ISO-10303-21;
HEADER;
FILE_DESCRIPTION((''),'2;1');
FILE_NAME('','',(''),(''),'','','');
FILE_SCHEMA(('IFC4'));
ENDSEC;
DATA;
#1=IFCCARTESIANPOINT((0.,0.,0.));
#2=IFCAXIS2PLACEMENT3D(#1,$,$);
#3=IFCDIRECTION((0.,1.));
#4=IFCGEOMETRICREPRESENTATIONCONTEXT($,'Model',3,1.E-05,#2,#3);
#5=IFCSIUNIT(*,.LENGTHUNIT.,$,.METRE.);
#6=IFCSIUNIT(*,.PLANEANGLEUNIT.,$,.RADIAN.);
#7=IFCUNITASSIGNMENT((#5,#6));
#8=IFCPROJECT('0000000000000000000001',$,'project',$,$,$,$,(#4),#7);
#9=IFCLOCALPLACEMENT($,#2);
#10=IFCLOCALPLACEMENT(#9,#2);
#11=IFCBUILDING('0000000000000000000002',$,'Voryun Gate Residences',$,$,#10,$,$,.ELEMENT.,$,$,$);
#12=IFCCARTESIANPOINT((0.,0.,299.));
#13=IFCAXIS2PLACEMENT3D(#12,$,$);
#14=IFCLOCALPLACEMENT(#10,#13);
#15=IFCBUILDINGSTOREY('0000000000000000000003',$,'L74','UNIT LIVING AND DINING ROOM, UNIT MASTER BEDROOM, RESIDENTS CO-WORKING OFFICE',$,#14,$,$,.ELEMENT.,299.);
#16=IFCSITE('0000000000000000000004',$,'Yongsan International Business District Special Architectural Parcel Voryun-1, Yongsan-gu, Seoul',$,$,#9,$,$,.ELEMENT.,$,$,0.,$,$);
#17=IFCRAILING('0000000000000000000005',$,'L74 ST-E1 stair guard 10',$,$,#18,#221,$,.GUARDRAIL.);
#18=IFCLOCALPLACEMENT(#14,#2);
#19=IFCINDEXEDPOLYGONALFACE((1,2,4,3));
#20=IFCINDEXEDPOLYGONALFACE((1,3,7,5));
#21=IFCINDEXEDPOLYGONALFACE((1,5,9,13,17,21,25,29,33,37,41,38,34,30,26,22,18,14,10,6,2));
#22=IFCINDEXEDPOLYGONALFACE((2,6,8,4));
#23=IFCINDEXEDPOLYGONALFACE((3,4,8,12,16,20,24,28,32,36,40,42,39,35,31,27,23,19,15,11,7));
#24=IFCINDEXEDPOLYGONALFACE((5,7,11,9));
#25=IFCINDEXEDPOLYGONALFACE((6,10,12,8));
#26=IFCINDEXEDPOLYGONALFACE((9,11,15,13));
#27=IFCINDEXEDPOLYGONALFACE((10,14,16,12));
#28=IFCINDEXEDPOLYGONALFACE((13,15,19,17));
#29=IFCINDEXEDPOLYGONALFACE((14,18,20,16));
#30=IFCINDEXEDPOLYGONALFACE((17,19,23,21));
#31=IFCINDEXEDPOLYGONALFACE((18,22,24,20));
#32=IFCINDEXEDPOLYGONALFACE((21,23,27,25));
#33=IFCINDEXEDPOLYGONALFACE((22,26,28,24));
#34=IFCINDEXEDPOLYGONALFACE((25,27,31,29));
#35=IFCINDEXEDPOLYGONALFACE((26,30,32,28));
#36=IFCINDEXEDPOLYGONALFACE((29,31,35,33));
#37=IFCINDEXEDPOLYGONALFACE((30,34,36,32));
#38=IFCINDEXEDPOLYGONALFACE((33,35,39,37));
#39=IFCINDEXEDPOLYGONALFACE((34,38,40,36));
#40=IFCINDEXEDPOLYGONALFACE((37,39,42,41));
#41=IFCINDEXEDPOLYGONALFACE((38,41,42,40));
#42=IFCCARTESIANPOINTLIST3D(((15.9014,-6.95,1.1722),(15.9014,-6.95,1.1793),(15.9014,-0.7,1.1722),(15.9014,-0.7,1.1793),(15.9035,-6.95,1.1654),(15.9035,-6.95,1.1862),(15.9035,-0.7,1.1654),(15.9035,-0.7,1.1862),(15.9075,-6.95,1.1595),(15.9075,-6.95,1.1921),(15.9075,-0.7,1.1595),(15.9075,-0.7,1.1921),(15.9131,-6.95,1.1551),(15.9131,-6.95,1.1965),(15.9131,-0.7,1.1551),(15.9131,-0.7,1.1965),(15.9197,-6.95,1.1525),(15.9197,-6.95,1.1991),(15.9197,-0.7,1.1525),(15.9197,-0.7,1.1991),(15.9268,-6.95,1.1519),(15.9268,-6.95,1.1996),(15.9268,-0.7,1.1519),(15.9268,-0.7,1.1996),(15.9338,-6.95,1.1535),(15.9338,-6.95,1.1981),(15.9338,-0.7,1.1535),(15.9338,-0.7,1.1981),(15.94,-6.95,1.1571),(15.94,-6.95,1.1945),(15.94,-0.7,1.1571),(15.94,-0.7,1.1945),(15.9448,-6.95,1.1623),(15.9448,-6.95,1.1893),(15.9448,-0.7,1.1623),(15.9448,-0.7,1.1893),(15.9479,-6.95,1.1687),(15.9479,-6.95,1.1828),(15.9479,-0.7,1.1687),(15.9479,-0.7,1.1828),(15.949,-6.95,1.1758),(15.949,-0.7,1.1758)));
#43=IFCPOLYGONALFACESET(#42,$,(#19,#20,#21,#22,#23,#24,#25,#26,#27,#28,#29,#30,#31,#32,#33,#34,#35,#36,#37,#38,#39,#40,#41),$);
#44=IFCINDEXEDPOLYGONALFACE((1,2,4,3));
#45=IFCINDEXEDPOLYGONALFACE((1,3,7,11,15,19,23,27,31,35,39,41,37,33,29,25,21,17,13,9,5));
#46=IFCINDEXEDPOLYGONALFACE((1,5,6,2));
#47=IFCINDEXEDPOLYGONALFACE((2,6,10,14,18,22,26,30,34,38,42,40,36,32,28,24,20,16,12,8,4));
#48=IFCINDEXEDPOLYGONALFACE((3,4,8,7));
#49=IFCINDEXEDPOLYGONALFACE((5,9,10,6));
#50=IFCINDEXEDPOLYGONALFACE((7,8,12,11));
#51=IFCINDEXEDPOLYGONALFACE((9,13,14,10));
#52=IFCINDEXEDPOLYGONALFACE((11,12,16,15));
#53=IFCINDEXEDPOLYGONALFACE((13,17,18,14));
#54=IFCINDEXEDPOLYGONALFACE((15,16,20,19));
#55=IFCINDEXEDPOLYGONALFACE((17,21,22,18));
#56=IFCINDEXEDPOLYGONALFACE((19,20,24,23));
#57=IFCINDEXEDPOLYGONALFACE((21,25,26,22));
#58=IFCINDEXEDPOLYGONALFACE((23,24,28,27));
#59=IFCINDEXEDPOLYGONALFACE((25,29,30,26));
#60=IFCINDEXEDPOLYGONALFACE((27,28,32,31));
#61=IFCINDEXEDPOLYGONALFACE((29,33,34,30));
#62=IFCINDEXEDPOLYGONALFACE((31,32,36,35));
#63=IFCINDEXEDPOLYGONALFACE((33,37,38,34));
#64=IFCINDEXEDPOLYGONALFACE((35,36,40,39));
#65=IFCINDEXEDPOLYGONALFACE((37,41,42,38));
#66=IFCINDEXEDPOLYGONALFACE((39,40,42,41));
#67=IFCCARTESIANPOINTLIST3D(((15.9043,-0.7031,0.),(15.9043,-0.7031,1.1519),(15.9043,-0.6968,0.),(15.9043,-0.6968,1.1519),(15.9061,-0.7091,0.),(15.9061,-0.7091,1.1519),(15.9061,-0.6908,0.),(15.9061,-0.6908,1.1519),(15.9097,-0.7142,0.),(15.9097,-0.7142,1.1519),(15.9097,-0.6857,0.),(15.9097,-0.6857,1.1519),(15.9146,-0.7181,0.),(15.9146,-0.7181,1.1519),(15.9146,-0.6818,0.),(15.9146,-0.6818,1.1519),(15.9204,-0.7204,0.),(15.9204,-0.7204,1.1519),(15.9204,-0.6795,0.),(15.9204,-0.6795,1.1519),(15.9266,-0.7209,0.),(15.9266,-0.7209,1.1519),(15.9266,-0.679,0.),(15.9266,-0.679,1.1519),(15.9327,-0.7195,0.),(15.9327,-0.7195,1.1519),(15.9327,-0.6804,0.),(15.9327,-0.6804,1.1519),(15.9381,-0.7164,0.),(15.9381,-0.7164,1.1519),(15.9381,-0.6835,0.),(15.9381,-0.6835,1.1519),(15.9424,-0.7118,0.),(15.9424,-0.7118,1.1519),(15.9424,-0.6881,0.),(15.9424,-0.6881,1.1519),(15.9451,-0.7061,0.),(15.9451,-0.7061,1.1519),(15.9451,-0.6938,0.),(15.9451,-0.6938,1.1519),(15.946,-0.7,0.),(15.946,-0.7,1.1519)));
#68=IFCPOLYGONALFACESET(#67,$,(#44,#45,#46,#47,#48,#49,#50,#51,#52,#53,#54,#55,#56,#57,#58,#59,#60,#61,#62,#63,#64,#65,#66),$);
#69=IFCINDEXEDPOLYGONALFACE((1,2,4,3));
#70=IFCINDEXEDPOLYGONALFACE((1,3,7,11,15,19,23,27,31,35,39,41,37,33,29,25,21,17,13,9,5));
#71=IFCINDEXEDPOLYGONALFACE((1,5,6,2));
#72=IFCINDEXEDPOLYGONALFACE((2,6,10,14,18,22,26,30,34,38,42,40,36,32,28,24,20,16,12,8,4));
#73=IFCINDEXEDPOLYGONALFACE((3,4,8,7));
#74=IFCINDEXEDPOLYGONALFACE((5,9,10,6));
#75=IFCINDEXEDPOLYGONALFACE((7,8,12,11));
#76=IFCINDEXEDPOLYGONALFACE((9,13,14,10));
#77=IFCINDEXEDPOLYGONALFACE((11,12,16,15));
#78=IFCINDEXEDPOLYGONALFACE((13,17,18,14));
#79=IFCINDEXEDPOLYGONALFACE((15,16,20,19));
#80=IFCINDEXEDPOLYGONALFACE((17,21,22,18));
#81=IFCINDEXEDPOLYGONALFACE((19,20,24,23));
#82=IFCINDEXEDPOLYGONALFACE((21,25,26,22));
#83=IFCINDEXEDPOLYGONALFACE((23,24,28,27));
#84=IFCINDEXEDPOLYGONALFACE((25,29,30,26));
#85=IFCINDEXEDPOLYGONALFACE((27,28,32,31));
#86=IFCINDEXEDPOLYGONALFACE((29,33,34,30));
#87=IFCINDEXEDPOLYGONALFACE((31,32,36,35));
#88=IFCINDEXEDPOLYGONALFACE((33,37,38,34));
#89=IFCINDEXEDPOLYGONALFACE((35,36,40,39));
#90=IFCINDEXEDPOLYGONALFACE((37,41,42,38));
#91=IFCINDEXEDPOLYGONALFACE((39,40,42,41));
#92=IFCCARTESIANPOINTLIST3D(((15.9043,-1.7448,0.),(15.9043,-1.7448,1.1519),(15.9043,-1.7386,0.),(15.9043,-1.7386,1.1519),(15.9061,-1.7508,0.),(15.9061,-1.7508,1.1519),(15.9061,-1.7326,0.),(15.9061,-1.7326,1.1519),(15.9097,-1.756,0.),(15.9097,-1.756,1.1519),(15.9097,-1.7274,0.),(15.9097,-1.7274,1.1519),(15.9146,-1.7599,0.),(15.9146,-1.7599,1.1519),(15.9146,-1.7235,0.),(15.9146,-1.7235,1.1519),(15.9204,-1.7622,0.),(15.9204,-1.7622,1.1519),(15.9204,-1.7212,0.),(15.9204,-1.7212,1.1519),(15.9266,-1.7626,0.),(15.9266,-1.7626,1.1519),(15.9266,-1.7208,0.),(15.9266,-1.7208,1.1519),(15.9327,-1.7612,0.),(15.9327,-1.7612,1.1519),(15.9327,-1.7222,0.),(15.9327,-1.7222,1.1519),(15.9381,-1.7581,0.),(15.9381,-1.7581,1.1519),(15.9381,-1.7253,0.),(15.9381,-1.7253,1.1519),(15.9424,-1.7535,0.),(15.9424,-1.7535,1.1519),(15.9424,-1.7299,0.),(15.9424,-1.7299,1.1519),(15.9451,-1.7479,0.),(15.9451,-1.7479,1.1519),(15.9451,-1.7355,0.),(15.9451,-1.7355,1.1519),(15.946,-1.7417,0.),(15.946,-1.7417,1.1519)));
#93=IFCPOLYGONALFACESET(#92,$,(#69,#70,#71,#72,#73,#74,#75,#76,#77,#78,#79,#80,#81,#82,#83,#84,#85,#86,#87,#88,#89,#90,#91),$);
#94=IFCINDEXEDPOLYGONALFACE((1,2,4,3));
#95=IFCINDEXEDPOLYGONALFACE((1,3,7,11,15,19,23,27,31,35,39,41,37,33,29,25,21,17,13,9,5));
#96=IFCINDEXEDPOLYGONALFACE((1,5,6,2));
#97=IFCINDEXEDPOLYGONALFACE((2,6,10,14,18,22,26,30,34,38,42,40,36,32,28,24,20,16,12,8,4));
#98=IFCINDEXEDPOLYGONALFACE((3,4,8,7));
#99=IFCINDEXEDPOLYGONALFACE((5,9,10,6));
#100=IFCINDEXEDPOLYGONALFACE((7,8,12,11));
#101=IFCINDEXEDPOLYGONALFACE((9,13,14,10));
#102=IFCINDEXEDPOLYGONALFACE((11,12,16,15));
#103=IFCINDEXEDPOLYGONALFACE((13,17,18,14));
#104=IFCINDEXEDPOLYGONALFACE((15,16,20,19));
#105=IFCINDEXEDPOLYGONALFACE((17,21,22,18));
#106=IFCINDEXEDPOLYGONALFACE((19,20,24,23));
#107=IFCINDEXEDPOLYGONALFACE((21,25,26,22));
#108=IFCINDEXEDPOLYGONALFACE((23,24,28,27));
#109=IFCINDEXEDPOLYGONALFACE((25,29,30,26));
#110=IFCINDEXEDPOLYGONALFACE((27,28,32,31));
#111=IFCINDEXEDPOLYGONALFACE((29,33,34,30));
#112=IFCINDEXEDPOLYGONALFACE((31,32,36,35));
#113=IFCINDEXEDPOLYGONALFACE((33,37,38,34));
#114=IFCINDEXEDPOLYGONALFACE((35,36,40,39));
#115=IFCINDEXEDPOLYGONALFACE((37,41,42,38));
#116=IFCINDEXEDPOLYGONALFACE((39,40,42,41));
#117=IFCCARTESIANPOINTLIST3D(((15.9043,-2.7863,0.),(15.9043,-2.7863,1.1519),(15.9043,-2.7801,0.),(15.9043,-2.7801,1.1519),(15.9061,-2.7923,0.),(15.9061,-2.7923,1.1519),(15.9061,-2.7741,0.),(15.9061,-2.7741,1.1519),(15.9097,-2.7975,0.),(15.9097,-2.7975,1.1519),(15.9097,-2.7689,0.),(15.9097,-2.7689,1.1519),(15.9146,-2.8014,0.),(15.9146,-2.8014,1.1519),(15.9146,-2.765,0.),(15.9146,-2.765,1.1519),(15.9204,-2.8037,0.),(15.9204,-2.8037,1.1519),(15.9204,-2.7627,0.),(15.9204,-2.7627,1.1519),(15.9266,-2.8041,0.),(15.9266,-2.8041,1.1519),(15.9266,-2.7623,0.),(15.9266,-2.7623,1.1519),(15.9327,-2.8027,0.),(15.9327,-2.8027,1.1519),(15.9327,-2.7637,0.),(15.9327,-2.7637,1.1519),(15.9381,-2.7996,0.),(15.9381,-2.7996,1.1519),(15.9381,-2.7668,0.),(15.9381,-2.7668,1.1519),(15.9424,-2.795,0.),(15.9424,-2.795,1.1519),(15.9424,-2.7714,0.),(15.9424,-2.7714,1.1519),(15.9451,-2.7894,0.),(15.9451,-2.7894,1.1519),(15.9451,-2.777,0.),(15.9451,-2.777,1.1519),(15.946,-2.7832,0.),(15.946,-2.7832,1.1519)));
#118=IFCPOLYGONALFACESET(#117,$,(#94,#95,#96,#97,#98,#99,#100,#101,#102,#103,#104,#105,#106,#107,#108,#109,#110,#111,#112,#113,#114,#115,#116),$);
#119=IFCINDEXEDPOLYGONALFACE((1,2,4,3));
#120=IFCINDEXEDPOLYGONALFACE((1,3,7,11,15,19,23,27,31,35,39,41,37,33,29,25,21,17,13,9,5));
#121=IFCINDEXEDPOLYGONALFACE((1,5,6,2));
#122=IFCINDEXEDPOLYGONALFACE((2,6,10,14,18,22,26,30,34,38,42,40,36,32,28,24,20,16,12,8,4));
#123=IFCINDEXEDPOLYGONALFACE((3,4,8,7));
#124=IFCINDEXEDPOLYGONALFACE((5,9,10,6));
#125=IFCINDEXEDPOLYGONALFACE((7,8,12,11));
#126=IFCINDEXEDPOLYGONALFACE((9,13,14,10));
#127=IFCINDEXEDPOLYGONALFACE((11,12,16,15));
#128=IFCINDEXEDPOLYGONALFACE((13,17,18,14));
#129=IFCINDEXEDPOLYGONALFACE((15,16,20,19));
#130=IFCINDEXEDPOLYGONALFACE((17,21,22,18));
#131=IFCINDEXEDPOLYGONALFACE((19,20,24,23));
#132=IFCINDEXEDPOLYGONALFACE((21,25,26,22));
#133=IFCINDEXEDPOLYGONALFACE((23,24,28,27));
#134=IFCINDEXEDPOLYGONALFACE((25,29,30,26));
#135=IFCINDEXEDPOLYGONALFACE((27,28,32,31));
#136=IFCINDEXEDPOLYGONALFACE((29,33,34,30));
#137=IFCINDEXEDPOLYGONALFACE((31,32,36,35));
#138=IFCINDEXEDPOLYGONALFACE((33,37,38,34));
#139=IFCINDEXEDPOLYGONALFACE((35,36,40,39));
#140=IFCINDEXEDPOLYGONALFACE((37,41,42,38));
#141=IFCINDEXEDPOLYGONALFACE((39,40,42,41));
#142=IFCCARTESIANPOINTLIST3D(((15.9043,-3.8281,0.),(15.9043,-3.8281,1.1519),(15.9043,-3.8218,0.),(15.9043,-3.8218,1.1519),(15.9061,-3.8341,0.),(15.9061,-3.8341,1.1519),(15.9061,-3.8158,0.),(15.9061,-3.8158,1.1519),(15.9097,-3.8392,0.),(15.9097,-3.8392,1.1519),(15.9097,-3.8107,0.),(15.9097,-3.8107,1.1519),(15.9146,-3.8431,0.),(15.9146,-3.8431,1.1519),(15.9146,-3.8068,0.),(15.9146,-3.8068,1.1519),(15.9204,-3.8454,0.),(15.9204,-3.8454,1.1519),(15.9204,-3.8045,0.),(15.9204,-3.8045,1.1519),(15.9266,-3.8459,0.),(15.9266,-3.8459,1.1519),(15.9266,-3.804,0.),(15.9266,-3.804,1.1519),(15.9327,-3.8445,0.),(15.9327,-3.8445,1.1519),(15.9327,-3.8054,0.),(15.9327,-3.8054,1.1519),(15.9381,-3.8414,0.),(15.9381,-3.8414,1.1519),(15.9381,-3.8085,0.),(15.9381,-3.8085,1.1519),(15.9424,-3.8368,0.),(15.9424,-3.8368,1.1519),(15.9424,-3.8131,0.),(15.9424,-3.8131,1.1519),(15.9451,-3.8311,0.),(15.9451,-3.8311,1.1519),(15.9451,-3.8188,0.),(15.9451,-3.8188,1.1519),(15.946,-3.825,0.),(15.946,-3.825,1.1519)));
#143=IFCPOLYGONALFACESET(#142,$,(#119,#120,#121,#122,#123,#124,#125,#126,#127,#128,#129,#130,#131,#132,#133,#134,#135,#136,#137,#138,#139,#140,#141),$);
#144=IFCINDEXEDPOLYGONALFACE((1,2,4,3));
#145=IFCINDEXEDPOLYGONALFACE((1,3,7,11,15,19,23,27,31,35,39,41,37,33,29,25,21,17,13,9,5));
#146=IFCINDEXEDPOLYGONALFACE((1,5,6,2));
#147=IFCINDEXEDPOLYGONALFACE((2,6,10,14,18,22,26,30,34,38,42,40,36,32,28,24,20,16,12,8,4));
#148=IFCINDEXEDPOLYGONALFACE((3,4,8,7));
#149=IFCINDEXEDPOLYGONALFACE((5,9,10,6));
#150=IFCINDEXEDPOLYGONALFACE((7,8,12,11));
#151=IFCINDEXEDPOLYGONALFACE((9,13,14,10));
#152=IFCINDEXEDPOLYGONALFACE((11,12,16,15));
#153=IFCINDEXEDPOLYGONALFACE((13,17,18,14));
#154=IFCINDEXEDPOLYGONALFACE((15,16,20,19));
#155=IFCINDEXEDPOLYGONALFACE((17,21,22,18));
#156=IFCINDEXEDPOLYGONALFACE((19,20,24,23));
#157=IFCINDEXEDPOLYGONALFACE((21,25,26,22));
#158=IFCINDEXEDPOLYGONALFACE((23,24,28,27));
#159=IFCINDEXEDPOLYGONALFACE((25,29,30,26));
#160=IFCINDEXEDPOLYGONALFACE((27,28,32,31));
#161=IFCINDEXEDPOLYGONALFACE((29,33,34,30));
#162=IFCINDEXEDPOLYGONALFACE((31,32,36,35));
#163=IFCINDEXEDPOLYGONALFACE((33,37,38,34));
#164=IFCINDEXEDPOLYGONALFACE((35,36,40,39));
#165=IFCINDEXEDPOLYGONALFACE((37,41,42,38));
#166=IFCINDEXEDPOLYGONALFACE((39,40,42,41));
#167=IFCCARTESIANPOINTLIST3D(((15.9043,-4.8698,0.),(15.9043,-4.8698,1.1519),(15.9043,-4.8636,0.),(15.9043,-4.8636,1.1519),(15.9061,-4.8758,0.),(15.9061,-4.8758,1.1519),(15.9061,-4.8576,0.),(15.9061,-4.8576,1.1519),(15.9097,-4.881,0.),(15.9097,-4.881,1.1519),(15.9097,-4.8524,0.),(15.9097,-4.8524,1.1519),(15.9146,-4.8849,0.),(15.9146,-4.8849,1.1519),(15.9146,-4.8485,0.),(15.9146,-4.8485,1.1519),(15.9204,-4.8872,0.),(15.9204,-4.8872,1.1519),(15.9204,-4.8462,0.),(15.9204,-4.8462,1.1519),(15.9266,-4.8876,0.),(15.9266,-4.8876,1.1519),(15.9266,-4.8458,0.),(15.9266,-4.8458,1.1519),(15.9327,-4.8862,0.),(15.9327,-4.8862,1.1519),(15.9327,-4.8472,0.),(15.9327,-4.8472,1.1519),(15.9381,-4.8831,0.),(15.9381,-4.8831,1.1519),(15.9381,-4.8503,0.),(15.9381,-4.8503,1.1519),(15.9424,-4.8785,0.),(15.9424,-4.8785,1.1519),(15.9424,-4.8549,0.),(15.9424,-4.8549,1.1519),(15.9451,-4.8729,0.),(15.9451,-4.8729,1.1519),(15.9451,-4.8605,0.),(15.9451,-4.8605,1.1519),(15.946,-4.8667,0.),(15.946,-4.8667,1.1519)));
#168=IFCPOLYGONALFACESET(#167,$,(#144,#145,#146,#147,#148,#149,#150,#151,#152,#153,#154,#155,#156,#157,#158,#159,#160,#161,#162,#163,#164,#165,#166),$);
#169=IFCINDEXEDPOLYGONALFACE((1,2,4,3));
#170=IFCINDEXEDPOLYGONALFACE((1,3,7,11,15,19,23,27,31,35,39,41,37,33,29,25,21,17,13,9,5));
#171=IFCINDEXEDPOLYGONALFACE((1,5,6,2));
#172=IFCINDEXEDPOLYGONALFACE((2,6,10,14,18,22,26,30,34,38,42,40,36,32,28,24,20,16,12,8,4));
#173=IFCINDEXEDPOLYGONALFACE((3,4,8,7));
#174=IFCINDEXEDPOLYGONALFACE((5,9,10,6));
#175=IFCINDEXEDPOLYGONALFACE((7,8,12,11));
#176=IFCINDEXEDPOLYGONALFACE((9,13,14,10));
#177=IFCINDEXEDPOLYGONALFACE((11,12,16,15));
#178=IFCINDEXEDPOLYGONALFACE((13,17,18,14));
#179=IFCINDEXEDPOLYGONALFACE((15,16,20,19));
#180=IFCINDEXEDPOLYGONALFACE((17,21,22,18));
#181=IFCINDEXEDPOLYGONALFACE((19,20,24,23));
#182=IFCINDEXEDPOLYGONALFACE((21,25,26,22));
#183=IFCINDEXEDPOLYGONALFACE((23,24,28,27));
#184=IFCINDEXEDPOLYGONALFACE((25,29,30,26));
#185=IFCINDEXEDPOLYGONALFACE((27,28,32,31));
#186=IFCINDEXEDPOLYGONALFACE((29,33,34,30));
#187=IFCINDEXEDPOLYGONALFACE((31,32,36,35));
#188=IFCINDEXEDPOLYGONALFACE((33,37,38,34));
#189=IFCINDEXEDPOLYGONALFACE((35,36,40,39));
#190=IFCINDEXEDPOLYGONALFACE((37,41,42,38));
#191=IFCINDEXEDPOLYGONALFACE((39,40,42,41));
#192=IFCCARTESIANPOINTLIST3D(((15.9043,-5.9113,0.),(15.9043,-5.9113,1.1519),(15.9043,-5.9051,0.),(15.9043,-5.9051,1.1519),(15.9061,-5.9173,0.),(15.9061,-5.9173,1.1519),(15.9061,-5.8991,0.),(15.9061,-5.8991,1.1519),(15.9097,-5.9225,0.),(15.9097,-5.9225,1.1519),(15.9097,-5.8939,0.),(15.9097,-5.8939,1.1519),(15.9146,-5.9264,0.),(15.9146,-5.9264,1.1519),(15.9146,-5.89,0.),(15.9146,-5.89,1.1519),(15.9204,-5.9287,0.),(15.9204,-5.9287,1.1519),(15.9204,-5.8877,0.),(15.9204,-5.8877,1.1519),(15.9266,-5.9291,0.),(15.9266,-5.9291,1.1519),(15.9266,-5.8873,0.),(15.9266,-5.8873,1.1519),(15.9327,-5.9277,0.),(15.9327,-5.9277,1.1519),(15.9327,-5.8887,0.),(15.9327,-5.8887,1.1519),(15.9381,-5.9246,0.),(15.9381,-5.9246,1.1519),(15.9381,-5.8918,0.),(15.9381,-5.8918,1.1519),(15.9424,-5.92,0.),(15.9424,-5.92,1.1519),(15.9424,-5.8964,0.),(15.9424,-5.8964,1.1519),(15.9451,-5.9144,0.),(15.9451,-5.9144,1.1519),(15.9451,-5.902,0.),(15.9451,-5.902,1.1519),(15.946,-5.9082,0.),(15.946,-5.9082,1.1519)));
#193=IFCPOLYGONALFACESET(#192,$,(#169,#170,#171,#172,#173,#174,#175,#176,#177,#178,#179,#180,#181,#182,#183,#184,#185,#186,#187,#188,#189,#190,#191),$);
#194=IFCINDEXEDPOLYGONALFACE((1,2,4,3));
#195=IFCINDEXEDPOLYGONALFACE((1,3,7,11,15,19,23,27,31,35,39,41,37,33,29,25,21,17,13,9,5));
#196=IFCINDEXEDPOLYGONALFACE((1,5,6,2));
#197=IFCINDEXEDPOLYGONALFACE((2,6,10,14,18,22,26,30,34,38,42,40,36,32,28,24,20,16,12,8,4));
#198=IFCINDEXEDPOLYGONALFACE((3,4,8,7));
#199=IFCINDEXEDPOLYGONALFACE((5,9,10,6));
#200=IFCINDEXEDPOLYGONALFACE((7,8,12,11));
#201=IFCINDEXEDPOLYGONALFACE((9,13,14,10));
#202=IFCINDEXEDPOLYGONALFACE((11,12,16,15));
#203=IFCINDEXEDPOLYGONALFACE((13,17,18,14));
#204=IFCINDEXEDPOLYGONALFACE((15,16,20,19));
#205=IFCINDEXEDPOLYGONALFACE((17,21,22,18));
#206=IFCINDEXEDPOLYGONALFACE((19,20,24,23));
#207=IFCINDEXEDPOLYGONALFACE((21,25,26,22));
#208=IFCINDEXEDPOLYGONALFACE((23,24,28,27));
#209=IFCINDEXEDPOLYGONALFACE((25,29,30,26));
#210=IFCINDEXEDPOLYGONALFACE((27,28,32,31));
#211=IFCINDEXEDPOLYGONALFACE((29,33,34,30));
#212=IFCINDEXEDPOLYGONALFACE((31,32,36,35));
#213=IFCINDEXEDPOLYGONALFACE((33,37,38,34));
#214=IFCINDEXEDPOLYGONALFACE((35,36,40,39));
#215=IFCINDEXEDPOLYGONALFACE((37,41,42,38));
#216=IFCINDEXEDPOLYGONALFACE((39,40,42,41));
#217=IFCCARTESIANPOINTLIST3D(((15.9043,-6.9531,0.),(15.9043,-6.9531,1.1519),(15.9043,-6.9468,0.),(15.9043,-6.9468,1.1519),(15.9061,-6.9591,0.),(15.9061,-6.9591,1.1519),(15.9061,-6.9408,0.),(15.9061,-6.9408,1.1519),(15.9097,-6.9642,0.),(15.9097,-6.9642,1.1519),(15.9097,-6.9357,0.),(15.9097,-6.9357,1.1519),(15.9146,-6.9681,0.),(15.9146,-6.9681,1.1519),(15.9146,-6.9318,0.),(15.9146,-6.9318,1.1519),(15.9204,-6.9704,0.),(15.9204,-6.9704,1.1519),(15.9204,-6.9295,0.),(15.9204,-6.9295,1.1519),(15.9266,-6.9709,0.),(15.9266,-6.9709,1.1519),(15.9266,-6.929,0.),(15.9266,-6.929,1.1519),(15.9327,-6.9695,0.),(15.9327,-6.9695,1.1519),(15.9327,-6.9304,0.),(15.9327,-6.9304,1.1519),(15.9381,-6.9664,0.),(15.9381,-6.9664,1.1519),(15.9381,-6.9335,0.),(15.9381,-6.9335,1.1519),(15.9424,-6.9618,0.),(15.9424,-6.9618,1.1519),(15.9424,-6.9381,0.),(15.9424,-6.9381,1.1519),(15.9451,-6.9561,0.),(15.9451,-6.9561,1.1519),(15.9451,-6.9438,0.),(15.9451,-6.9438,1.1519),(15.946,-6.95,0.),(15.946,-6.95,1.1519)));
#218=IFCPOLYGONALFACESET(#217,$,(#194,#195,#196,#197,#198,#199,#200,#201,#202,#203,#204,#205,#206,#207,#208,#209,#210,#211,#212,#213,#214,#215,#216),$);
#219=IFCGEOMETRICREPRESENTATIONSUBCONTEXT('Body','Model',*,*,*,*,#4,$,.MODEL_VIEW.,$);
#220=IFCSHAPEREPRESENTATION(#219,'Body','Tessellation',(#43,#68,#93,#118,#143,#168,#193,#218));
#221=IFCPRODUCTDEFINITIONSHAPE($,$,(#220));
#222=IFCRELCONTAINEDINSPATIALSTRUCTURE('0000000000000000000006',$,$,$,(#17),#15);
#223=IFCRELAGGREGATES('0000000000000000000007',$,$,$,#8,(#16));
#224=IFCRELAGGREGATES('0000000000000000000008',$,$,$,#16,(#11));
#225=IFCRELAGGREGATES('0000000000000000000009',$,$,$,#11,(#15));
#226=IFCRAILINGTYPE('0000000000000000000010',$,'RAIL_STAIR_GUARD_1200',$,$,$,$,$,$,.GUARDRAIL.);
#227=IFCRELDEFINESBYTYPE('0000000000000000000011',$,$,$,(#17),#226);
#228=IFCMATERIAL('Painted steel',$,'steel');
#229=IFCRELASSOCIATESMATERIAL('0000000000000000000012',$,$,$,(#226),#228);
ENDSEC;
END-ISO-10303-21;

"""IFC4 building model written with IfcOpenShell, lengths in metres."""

from ifc_helpers import new_model, si_unit, direction, frame, origin, origin_2d, place, context, subcontext, project, spatial, circle, extrude, material, type_object, element, save


model = new_model("IFC4")

# Units and contexts
model_context = context("Model", 3, precision=1e-05, world=origin(), true_north=direction((0.0, 1.0)))
body_context = subcontext(model_context, "Body", "Model", "MODEL_VIEW")
ifc_project = project(units=[si_unit("LENGTHUNIT", "METRE"), si_unit("PLANEANGLEUNIT", "RADIAN")], contexts=[model_context])

# Site, building, storey
site_placement = place(None, origin())
site = spatial("IfcSite", under=ifc_project, at=site_placement, Name="Yongsan International Business District Special Architectural Parcel Voryun-1, Yongsan-gu, Seoul", CompositionType="ELEMENT", RefElevation=0.0)
building_placement = place(site_placement, origin())
building = spatial("IfcBuilding", under=site, at=building_placement, Name="Voryun Gate Residences", CompositionType="ELEMENT")
storey_placement = place(building_placement, frame((0.0, 0.0, 299.0)))
storey = spatial("IfcBuildingStorey", under=building, at=storey_placement, Name="L74", Description="UNIT LIVING AND DINING ROOM, UNIT MASTER BEDROOM, RESIDENTS CO-WORKING OFFICE", CompositionType="ELEMENT", Elevation=299.0)

# Railing
ifc_material_1 = material(Name="Painted steel", Category="steel")
railing_type_1 = type_object("IfcRailingType", Name="RAIL_STAIR_GUARD_1200", PredefinedType="GUARDRAIL", material=ifc_material_1)
railing_1_placement = place(storey_placement, frame((15.925, -0.7, 0.0)))
element("IfcRailing", 1, at=railing_1_placement, inside=storey, type_object=railing_type_1, Name="L74 ST-E1 stair guard 10", PredefinedType="GUARDRAIL", context=body_context, shape_type="SweptSolid", body=[
    extrude(circle(Radius=0.0239, at=origin_2d()), frame((0.0, 0.0, 1.1758), z_axis=(0.0, -1.0, 0.0), x_axis=(1.0, 0.0, 0.0)), (0.0, 0.0, 1.0), 6.25),
    extrude(circle(Radius=0.021, at=origin_2d()), origin(), (0.0, 0.0, 1.0), 1.1519),
    extrude(circle(Radius=0.021, at=origin_2d()), frame((0.0, -1.0417, 0.0)), (0.0, 0.0, 1.0), 1.1519),
    extrude(circle(Radius=0.021, at=origin_2d()), frame((0.0, -2.0833, 0.0)), (0.0, 0.0, 1.0), 1.1519),
    extrude(circle(Radius=0.021, at=origin_2d()), frame((0.0, -3.125, 0.0)), (0.0, 0.0, 1.0), 1.1519),
    extrude(circle(Radius=0.021, at=origin_2d()), frame((0.0, -4.1667, 0.0)), (0.0, 0.0, 1.0), 1.1519),
    extrude(circle(Radius=0.021, at=origin_2d()), frame((0.0, -5.2083, 0.0)), (0.0, 0.0, 1.0), 1.1519),
    extrude(circle(Radius=0.021, at=origin_2d()), frame((0.0, -6.25, 0.0)), (0.0, 0.0, 1.0), 1.1519),
])

save(model, "model.ifc")
